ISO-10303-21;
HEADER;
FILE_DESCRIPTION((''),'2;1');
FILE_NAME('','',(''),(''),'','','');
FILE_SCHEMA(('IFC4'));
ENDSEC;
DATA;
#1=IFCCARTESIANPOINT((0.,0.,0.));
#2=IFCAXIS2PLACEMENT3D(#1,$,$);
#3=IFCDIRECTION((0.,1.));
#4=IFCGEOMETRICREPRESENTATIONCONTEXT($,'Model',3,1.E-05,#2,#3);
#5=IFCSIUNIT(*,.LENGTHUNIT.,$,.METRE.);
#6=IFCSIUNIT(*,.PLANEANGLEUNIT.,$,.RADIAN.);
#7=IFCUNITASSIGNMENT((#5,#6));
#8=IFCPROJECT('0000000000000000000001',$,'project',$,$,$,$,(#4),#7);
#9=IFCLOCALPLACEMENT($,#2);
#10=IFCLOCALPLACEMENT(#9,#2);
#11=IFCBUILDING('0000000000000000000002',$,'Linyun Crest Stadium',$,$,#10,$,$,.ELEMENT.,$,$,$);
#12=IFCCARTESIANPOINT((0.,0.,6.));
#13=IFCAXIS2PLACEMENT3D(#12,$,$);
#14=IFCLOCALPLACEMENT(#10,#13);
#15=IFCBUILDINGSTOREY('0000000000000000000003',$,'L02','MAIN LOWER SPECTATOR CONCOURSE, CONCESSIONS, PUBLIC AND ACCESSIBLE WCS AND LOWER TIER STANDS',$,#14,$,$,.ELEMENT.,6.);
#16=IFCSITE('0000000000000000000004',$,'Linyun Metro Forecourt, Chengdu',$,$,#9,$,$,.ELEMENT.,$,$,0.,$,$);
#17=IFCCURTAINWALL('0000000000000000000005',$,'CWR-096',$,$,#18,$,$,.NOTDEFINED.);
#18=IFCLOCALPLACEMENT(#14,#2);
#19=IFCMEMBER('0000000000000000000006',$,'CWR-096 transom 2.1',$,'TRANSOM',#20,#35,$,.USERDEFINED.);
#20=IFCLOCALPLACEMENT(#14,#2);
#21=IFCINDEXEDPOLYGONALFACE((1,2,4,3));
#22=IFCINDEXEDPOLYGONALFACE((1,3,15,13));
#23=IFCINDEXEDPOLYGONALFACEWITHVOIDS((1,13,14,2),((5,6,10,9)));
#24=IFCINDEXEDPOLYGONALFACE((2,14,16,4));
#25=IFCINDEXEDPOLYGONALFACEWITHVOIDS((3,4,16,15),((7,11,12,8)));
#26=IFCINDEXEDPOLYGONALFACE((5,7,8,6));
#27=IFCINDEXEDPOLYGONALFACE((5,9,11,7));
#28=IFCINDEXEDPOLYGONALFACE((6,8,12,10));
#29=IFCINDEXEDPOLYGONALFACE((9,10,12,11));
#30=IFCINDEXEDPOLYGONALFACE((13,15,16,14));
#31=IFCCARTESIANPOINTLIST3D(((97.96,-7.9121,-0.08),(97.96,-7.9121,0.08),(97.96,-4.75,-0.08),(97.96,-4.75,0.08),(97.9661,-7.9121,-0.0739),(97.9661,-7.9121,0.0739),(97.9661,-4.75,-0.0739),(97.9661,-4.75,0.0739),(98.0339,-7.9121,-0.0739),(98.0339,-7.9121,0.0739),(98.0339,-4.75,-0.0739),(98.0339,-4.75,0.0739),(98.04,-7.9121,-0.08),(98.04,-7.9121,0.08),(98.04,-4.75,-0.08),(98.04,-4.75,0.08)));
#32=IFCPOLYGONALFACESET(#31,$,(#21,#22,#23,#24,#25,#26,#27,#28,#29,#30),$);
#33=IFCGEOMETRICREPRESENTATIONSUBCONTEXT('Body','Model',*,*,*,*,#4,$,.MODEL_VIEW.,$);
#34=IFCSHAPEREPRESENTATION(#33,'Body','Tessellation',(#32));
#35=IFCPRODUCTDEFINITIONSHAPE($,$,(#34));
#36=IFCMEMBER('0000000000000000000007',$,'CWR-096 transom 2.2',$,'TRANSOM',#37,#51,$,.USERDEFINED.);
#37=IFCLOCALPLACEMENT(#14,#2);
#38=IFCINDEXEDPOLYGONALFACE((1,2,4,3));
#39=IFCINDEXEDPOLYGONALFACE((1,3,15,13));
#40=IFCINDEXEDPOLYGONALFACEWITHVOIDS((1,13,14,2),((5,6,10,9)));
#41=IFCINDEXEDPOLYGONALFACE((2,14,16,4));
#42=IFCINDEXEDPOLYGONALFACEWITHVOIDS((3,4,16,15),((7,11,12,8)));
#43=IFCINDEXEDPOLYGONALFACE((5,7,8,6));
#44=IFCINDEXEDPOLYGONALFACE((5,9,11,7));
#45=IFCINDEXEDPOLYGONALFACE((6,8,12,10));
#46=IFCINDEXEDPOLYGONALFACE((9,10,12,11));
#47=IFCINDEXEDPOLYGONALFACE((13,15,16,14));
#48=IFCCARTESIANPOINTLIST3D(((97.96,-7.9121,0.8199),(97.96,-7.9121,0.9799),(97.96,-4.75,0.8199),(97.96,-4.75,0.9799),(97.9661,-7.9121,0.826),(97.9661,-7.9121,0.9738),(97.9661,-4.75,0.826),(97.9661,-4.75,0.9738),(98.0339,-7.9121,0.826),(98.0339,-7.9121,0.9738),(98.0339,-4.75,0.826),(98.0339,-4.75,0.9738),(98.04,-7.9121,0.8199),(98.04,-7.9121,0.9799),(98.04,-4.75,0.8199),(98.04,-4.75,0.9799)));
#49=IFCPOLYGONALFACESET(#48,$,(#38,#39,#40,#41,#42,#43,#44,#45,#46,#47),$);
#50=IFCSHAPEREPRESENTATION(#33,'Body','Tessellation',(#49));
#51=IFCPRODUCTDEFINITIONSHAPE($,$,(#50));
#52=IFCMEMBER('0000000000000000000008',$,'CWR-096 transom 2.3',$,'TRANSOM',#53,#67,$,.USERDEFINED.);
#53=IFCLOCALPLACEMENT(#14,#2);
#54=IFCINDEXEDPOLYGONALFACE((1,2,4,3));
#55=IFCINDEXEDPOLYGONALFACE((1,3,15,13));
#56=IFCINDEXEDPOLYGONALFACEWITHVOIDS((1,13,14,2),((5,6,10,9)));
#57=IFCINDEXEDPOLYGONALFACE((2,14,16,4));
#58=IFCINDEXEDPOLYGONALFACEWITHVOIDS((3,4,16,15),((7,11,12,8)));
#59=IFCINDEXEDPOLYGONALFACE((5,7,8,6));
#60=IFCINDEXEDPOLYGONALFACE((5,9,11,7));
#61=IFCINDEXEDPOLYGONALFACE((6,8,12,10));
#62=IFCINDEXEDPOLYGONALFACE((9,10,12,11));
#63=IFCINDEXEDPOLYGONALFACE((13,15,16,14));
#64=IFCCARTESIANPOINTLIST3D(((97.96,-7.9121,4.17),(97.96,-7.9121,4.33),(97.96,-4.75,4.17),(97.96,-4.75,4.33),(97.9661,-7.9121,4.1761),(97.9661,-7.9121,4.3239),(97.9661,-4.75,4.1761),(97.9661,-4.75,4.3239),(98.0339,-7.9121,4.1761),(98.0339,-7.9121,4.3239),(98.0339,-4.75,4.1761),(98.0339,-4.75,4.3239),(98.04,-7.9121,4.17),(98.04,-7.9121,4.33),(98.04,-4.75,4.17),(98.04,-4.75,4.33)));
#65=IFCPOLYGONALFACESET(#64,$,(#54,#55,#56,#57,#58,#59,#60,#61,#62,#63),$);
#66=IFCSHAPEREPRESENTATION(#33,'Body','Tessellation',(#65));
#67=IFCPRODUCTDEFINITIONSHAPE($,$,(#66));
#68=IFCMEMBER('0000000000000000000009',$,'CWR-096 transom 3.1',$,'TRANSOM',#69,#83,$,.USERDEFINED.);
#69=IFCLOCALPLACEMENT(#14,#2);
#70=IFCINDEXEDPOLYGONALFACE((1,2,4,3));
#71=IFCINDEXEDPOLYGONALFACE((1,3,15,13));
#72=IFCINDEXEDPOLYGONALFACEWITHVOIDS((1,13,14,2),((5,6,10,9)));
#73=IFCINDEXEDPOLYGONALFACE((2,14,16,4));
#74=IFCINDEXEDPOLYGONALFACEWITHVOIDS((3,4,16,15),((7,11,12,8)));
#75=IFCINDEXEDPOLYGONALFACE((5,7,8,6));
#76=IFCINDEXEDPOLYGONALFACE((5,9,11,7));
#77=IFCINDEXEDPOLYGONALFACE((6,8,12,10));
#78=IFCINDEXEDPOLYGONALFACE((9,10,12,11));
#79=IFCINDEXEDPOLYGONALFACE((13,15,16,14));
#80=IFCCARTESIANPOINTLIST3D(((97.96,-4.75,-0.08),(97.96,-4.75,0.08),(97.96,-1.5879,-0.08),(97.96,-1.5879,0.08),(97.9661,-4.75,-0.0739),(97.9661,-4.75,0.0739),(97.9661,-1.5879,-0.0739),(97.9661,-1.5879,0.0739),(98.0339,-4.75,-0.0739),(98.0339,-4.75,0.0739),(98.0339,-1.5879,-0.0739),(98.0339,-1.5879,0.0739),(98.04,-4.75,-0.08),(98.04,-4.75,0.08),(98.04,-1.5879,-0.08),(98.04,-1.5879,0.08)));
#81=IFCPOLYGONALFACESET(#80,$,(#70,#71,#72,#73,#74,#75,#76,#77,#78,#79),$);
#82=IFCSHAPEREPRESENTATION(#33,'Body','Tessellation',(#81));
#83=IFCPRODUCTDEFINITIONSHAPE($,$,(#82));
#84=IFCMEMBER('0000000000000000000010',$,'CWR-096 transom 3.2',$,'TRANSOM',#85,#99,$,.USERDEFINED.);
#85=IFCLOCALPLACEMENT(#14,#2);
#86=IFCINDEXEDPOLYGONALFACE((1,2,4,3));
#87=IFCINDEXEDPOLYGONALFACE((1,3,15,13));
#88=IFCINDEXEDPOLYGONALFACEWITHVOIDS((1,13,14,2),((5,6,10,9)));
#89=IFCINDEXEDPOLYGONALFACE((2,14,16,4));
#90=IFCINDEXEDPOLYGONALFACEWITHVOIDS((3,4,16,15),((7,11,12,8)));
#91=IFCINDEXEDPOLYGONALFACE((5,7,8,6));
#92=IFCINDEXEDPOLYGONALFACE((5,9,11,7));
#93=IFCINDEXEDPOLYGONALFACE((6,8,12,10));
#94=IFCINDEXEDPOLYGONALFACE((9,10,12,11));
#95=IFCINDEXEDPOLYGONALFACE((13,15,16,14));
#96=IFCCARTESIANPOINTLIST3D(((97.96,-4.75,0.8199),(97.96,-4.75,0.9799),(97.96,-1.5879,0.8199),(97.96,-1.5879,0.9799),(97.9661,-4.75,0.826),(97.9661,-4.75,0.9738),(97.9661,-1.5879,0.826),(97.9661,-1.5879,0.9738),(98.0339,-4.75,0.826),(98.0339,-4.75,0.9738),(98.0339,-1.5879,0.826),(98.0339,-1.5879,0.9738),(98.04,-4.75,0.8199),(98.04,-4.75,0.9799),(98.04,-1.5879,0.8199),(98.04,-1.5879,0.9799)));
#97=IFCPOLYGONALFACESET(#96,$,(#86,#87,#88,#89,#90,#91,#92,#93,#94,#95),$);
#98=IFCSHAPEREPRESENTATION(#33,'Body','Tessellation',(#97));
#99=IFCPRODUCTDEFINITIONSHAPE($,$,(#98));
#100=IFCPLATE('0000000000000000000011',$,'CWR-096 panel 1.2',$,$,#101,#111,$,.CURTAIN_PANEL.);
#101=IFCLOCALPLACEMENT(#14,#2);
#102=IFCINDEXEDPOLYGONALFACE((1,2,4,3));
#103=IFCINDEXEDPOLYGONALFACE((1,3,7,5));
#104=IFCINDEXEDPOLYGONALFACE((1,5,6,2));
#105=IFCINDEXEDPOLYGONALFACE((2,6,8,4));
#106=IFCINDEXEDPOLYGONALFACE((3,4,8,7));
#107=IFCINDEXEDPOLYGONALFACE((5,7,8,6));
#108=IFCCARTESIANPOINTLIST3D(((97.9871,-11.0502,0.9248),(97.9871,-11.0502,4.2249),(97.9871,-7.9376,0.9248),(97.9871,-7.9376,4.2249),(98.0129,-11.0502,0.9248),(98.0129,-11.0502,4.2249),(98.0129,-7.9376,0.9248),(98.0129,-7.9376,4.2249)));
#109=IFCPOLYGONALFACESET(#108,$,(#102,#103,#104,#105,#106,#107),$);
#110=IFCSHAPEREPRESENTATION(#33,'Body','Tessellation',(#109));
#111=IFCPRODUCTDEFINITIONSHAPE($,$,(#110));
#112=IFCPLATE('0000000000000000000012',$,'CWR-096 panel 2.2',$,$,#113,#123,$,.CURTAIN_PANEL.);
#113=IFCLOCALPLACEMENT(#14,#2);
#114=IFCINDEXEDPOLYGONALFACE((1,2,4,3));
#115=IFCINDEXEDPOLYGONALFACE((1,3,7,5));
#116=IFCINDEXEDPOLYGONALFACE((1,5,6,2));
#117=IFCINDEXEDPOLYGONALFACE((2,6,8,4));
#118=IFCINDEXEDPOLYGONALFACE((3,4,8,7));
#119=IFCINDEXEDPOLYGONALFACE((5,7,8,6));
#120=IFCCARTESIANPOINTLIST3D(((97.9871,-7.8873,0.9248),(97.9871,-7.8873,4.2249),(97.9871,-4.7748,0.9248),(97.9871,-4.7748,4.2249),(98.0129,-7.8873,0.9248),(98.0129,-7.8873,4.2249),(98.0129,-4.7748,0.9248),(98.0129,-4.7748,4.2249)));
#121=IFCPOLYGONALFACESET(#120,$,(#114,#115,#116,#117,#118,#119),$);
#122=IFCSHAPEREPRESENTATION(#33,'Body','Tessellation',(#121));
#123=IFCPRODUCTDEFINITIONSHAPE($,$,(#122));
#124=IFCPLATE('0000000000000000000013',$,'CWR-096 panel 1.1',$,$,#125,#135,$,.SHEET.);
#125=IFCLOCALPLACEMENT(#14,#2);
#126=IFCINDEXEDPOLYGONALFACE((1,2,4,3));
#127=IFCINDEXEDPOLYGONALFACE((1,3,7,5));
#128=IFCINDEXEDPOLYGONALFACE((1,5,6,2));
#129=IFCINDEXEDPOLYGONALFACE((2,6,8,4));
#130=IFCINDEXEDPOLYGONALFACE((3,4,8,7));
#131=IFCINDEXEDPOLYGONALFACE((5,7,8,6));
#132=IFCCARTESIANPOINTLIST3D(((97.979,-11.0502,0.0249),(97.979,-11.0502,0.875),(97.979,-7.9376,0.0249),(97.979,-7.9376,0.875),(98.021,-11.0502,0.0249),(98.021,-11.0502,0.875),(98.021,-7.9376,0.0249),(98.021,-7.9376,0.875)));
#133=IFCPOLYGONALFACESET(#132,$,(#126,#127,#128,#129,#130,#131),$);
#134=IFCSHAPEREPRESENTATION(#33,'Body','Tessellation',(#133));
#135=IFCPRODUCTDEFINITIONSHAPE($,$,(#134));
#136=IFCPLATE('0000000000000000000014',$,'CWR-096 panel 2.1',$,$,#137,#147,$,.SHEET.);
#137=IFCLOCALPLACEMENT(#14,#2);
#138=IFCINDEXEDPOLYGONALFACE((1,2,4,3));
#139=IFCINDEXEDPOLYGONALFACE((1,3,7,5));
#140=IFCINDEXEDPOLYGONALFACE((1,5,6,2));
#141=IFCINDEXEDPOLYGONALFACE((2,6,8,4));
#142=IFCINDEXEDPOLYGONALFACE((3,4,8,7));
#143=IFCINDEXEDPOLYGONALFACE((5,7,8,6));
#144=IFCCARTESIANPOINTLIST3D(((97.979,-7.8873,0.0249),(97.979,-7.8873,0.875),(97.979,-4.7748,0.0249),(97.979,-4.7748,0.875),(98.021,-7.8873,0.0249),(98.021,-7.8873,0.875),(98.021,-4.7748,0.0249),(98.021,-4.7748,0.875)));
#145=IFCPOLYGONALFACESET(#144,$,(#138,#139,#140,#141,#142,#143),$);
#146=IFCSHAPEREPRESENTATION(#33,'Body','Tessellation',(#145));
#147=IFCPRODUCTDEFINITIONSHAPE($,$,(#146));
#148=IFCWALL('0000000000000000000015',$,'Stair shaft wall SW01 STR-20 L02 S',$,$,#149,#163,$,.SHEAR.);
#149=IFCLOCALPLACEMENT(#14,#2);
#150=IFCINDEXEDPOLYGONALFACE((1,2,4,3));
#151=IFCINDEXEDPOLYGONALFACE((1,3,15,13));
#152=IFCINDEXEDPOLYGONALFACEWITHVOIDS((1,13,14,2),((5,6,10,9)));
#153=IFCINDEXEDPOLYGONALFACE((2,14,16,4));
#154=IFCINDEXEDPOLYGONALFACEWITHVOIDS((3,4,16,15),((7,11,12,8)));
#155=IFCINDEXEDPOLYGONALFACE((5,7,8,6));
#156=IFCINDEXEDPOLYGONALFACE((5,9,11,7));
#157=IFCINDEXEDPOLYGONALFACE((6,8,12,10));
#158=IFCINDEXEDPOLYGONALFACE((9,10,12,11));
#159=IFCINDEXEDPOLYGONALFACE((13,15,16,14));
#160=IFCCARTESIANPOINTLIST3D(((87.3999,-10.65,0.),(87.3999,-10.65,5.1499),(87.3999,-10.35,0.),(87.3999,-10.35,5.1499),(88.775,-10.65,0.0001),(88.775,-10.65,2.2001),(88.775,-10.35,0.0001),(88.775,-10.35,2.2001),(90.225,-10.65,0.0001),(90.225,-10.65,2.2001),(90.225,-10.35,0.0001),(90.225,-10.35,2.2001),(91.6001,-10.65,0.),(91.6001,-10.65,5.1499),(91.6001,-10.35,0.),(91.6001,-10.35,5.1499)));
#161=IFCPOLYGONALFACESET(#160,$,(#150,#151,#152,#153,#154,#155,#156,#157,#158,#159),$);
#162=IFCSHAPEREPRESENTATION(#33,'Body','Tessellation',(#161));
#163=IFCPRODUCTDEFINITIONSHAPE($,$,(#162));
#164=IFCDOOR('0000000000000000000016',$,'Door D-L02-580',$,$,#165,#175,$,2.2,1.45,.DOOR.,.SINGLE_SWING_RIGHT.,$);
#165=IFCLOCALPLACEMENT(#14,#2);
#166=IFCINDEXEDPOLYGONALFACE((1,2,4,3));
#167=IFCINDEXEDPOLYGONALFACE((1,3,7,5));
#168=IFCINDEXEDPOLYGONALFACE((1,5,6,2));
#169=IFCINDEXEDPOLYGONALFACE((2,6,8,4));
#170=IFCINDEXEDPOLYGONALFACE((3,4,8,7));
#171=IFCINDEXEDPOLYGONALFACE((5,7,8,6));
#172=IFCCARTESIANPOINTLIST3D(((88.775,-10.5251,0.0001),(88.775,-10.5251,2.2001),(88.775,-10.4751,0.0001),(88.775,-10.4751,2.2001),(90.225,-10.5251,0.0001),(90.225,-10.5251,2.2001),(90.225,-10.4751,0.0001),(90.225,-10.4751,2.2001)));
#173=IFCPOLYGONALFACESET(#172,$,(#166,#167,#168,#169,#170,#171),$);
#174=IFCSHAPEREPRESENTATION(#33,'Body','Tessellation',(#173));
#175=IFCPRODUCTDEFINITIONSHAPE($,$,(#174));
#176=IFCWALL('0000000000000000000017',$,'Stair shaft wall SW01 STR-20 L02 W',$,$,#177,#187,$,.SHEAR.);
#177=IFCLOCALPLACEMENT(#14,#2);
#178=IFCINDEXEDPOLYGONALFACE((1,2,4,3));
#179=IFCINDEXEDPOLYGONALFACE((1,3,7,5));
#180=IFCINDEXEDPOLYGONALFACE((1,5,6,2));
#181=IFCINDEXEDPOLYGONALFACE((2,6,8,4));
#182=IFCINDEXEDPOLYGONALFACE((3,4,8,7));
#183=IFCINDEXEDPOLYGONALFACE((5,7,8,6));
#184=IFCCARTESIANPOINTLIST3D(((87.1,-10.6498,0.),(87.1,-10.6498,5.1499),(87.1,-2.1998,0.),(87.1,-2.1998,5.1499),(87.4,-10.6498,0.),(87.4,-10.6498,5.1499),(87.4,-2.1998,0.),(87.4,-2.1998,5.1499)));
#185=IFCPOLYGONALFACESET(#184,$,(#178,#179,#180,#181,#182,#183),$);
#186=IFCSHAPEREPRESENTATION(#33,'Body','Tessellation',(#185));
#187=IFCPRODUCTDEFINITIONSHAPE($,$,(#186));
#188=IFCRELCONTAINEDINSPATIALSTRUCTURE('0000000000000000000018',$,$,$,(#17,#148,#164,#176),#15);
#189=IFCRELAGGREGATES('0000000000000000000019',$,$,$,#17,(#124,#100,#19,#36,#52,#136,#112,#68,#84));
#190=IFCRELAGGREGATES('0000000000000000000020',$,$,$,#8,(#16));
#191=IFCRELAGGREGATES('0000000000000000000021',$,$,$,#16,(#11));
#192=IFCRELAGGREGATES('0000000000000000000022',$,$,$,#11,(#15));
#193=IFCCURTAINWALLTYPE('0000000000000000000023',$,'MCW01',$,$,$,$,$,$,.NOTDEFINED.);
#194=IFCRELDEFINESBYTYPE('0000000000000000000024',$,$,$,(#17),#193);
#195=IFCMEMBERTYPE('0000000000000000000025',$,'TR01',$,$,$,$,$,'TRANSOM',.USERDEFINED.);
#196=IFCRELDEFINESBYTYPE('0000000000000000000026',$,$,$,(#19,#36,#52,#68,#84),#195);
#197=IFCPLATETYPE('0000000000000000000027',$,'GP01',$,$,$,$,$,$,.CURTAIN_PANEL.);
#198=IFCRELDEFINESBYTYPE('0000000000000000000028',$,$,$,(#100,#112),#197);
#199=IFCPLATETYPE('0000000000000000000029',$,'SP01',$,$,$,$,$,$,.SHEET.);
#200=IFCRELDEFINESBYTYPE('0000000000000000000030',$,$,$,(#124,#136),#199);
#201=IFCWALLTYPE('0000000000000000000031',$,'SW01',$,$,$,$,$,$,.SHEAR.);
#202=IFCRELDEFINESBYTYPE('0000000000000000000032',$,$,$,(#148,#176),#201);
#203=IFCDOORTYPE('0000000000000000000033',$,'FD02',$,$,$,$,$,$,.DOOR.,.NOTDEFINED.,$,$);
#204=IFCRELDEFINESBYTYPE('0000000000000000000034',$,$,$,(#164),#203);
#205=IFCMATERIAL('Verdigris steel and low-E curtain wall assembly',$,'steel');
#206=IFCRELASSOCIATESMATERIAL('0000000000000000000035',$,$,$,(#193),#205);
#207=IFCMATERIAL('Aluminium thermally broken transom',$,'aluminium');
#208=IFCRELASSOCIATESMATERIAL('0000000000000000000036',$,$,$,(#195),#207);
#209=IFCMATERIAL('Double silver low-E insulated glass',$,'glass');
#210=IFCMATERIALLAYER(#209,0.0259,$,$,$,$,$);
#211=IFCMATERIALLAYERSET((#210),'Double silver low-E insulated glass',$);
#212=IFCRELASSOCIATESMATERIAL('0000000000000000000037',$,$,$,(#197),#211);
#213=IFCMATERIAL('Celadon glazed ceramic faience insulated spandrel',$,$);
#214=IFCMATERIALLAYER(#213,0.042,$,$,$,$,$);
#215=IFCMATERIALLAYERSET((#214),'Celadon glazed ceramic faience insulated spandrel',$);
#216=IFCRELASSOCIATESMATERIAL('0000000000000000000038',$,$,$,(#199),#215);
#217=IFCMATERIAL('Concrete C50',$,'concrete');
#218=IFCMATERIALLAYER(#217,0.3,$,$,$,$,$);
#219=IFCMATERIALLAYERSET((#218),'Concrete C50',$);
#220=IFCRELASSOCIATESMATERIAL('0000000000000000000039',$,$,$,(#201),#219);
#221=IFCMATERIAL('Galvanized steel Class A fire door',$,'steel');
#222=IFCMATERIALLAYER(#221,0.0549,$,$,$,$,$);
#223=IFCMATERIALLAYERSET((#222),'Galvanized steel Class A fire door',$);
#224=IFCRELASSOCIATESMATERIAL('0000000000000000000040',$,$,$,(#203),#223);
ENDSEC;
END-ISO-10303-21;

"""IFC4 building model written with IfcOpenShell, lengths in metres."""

from ifc_helpers import new_model, si_unit, direction, frame, frame_2d, origin, origin_2d, place, context, subcontext, project, spatial, rectangle, hollow_rectangle, extrude, material, layer, layer_set, material_profile, profile_set, type_object, element, fill, aggregate, save


model = new_model("IFC4")

# Units and contexts
model_context = context("Model", 3, precision=1e-05, world=origin(), true_north=direction((0.0, 1.0)))
body_context = subcontext(model_context, "Body", "Model", "MODEL_VIEW")
ifc_project = project(units=[si_unit("LENGTHUNIT", "METRE"), si_unit("PLANEANGLEUNIT", "RADIAN")], contexts=[model_context])

# Site, building, storey
site_placement = place(None, origin())
site = spatial("IfcSite", under=ifc_project, at=site_placement, Name="Linyun Metro Forecourt, Chengdu", CompositionType="ELEMENT", RefElevation=0.0)
building_placement = place(site_placement, origin())
building = spatial("IfcBuilding", under=site, at=building_placement, Name="Linyun Crest Stadium", CompositionType="ELEMENT")
storey_placement = place(building_placement, frame((0.0, 0.0, 6.0)))
storey = spatial("IfcBuildingStorey", under=building, at=storey_placement, Name="L02", Description="MAIN LOWER SPECTATOR CONCOURSE, CONCESSIONS, PUBLIC AND ACCESSIBLE WCS AND LOWER TIER STANDS", CompositionType="ELEMENT", Elevation=6.0)

# Curtain wall
ifc_material_1 = material(Name="Verdigris steel and low-E curtain wall assembly", Category="steel")
curtain_wall_type = type_object("IfcCurtainWallType", Name="MCW01", PredefinedType="NOTDEFINED", material=ifc_material_1)
curtain_wall_placement = place(storey_placement, origin())
curtain_wall = element("IfcCurtainWall", 1, at=curtain_wall_placement, inside=storey, type_object=curtain_wall_type, Name="CWR-096", PredefinedType="NOTDEFINED")

# Members
ifc_material_2 = material(Name="Aluminium thermally broken transom", Category="aluminium")
ifc_material_profile_1 = material_profile(ifc_material_2, hollow_rectangle(XDim=0.0801, YDim=0.1599, WallThickness=0.0061, at=origin_2d()), Name="RHS 160x80x6")
ifc_profile_set_1 = profile_set([ifc_material_profile_1], Name="Aluminium thermally broken transom")
member_type_1 = type_object("IfcMemberType", Name="TR01", ElementType="TRANSOM", PredefinedType="USERDEFINED", material=ifc_profile_set_1)
member_1_placement = place(storey_placement, frame((98.0, -7.9121, 0.0), z_axis=(0.0, 1.0, 0.0), x_axis=(-1.0, 0.0, 0.0)))
member_1 = element("IfcMember", 2, at=member_1_placement, type_object=member_type_1, Name="CWR-096 transom 2.1", ObjectType="TRANSOM", PredefinedType="USERDEFINED", context=body_context, shape_type="SweptSolid", body=[
    extrude(hollow_rectangle(XDim=0.0801, YDim=0.1599, WallThickness=0.0061, at=origin_2d()), origin(), (0.0, 0.0, 1.0), 3.1621),
])
member_2_placement = place(storey_placement, frame((98.0, -7.9121, 0.8999), z_axis=(0.0, 1.0, 0.0), x_axis=(-1.0, 0.0, 0.0)))
member_2 = element("IfcMember", 3, at=member_2_placement, type_object=member_type_1, Name="CWR-096 transom 2.2", ObjectType="TRANSOM", PredefinedType="USERDEFINED", context=body_context, shape_type="SweptSolid", body=[
    extrude(hollow_rectangle(XDim=0.0801, YDim=0.1599, WallThickness=0.0061, at=origin_2d()), origin(), (0.0, 0.0, 1.0), 3.1621),
])
member_3_placement = place(storey_placement, frame((98.0, -7.9121, 4.25), z_axis=(0.0, 1.0, 0.0), x_axis=(-1.0, 0.0, 0.0)))
member_3 = element("IfcMember", 4, at=member_3_placement, type_object=member_type_1, Name="CWR-096 transom 2.3", ObjectType="TRANSOM", PredefinedType="USERDEFINED", context=body_context, shape_type="SweptSolid", body=[
    extrude(hollow_rectangle(XDim=0.0801, YDim=0.1599, WallThickness=0.0061, at=origin_2d()), origin(), (0.0, 0.0, 1.0), 3.1621),
])
member_4_placement = place(storey_placement, frame((98.0, -4.75, 0.0), z_axis=(0.0, 1.0, 0.0), x_axis=(-1.0, 0.0, 0.0)))
member_4 = element("IfcMember", 5, at=member_4_placement, type_object=member_type_1, Name="CWR-096 transom 3.1", ObjectType="TRANSOM", PredefinedType="USERDEFINED", context=body_context, shape_type="SweptSolid", body=[
    extrude(hollow_rectangle(XDim=0.0801, YDim=0.1599, WallThickness=0.0061, at=origin_2d()), origin(), (0.0, 0.0, 1.0), 3.1621),
])
member_5_placement = place(storey_placement, frame((98.0, -4.75, 0.8999), z_axis=(0.0, 1.0, 0.0), x_axis=(-1.0, 0.0, 0.0)))
member_5 = element("IfcMember", 6, at=member_5_placement, type_object=member_type_1, Name="CWR-096 transom 3.2", ObjectType="TRANSOM", PredefinedType="USERDEFINED", context=body_context, shape_type="SweptSolid", body=[
    extrude(hollow_rectangle(XDim=0.0801, YDim=0.1599, WallThickness=0.0061, at=origin_2d()), origin(), (0.0, 0.0, 1.0), 3.1621),
])

# Plates
ifc_material_3 = material(Name="Double silver low-E insulated glass", Category="glass")
ifc_layer_1 = layer(ifc_material_3, 0.0259)
ifc_layer_set_1 = layer_set([ifc_layer_1], Name="Double silver low-E insulated glass")
plate_type_1 = type_object("IfcPlateType", Name="GP01", PredefinedType="CURTAIN_PANEL", material=ifc_layer_set_1)
plate_1_placement = place(storey_placement, frame((98.0, -9.4939, 0.9248), z_axis=(0.0, 0.0, 1.0), x_axis=(0.0, 1.0, 0.0)))
plate_1 = element("IfcPlate", 7, at=plate_1_placement, type_object=plate_type_1, Name="CWR-096 panel 1.2", PredefinedType="CURTAIN_PANEL", context=body_context, shape_type="SweptSolid", body=[
    extrude(rectangle(XDim=3.1125, YDim=0.0259, at=origin_2d()), origin(), (0.0, 0.0, 1.0), 3.3),
])
plate_2_placement = place(storey_placement, frame((98.0, -6.3311, 0.9248), z_axis=(0.0, 0.0, 1.0), x_axis=(0.0, 1.0, 0.0)))
plate_2 = element("IfcPlate", 8, at=plate_2_placement, type_object=plate_type_1, Name="CWR-096 panel 2.2", PredefinedType="CURTAIN_PANEL", context=body_context, shape_type="SweptSolid", body=[
    extrude(rectangle(XDim=3.1125, YDim=0.0259, at=origin_2d()), origin(), (0.0, 0.0, 1.0), 3.3),
])
ifc_material_4 = material(Name="Celadon glazed ceramic faience insulated spandrel")
ifc_layer_2 = layer(ifc_material_4, 0.042)
ifc_layer_set_2 = layer_set([ifc_layer_2], Name="Celadon glazed ceramic faience insulated spandrel")
plate_type_2 = type_object("IfcPlateType", Name="SP01", PredefinedType="SHEET", material=ifc_layer_set_2)
plate_3_placement = place(storey_placement, frame((98.0, -9.4939, 0.0249), z_axis=(0.0, 0.0, 1.0), x_axis=(0.0, 1.0, 0.0)))
plate_3 = element("IfcPlate", 9, at=plate_3_placement, type_object=plate_type_2, Name="CWR-096 panel 1.1", PredefinedType="SHEET", context=body_context, shape_type="SweptSolid", body=[
    extrude(rectangle(XDim=3.1125, YDim=0.042, at=origin_2d()), origin(), (0.0, 0.0, 1.0), 0.8501),
])
plate_4_placement = place(storey_placement, frame((98.0, -6.3311, 0.0249), z_axis=(0.0, 0.0, 1.0), x_axis=(0.0, 1.0, 0.0)))
plate_4 = element("IfcPlate", 10, at=plate_4_placement, type_object=plate_type_2, Name="CWR-096 panel 2.1", PredefinedType="SHEET", context=body_context, shape_type="SweptSolid", body=[
    extrude(rectangle(XDim=3.1125, YDim=0.042, at=origin_2d()), origin(), (0.0, 0.0, 1.0), 0.8501),
])
aggregate(curtain_wall, [plate_3, plate_1, member_1, member_2, member_3, plate_4, plate_2, member_4, member_5])

# Wall, opening, door
ifc_material_5 = material(Name="Concrete C50", Category="concrete")
ifc_layer_3 = layer(ifc_material_5, 0.3)
ifc_layer_set_3 = layer_set([ifc_layer_3], Name="Concrete C50")
wall_type = type_object("IfcWallType", Name="SW01", PredefinedType="SHEAR", material=ifc_layer_set_3)
wall_placement = place(storey_placement, frame((87.3999, -10.5, 0.0), z_axis=(0.0, 0.0, 1.0), x_axis=(1.0, 0.0, 0.0)))
wall = element("IfcWall", 11, at=wall_placement, inside=storey, type_object=wall_type, Name="Stair shaft wall SW01 STR-20 L02 S", PredefinedType="SHEAR", context=body_context, shape_type="SweptSolid", body=[
    extrude(rectangle(XDim=4.2002, YDim=0.3, at=frame_2d((2.1001, 0.0))), origin(), (0.0, 0.0, 1.0), 5.1499),
])
opening_placement = place(wall_placement, frame((1.375, 0.0, 0.0)))
opening = element("IfcOpeningElement", 12, at=opening_placement, cuts=wall, PredefinedType="OPENING", context=body_context, shape_type="SweptSolid", body=[
    extrude(rectangle(XDim=1.45, YDim=2.2, at=frame_2d((0.7251, 1.1001))), frame((0.0, 0.1599, 0.0), z_axis=(0.0, -1.0, 0.0), x_axis=(1.0, 0.0, 0.0)), (0.0, 0.0, 1.0), 0.3201),
])
ifc_material_6 = material(Name="Galvanized steel Class A fire door", Category="steel")
ifc_layer_4 = layer(ifc_material_6, 0.0549)
ifc_layer_set_4 = layer_set([ifc_layer_4], Name="Galvanized steel Class A fire door")
door_type = type_object("IfcDoorType", Name="FD02", OperationType="NOTDEFINED", PredefinedType="DOOR", material=ifc_layer_set_4)
door_placement = place(opening_placement, origin())
door = element("IfcDoor", 13, at=door_placement, inside=storey, type_object=door_type, Name="Door D-L02-580", OperationType="SINGLE_SWING_RIGHT", OverallHeight=2.2, OverallWidth=1.45, PredefinedType="DOOR", context=body_context, shape_type="SweptSolid", body=[
    extrude(rectangle(XDim=1.45, YDim=2.2, at=frame_2d((0.7251, 1.1001))), frame((0.0, 0.0249, 0.0), z_axis=(0.0, -1.0, 0.0), x_axis=(1.0, 0.0, 0.0)), (0.0, 0.0, 1.0), 0.05),
])
fill(opening, door)

# Wall
for number, where, z_axis, x_axis, name in (
    (14, (87.25, -10.6499, 0.0), (0.0, 0.0, 1.0), (0.0, 1.0, 0.0), "Stair shaft wall SW01 STR-20 L02 W"),
):
    element("IfcWall", number, at=place(storey_placement, frame(where, z_axis=z_axis, x_axis=x_axis)), inside=storey, type_object=wall_type, Name=name, PredefinedType="SHEAR", context=body_context, shape_type="SweptSolid", body=[
        extrude(rectangle(XDim=8.45, YDim=0.3, at=frame_2d((4.2251, 0.0))), origin(), (0.0, 0.0, 1.0), 5.1499),
    ])

save(model, "model.ifc")
